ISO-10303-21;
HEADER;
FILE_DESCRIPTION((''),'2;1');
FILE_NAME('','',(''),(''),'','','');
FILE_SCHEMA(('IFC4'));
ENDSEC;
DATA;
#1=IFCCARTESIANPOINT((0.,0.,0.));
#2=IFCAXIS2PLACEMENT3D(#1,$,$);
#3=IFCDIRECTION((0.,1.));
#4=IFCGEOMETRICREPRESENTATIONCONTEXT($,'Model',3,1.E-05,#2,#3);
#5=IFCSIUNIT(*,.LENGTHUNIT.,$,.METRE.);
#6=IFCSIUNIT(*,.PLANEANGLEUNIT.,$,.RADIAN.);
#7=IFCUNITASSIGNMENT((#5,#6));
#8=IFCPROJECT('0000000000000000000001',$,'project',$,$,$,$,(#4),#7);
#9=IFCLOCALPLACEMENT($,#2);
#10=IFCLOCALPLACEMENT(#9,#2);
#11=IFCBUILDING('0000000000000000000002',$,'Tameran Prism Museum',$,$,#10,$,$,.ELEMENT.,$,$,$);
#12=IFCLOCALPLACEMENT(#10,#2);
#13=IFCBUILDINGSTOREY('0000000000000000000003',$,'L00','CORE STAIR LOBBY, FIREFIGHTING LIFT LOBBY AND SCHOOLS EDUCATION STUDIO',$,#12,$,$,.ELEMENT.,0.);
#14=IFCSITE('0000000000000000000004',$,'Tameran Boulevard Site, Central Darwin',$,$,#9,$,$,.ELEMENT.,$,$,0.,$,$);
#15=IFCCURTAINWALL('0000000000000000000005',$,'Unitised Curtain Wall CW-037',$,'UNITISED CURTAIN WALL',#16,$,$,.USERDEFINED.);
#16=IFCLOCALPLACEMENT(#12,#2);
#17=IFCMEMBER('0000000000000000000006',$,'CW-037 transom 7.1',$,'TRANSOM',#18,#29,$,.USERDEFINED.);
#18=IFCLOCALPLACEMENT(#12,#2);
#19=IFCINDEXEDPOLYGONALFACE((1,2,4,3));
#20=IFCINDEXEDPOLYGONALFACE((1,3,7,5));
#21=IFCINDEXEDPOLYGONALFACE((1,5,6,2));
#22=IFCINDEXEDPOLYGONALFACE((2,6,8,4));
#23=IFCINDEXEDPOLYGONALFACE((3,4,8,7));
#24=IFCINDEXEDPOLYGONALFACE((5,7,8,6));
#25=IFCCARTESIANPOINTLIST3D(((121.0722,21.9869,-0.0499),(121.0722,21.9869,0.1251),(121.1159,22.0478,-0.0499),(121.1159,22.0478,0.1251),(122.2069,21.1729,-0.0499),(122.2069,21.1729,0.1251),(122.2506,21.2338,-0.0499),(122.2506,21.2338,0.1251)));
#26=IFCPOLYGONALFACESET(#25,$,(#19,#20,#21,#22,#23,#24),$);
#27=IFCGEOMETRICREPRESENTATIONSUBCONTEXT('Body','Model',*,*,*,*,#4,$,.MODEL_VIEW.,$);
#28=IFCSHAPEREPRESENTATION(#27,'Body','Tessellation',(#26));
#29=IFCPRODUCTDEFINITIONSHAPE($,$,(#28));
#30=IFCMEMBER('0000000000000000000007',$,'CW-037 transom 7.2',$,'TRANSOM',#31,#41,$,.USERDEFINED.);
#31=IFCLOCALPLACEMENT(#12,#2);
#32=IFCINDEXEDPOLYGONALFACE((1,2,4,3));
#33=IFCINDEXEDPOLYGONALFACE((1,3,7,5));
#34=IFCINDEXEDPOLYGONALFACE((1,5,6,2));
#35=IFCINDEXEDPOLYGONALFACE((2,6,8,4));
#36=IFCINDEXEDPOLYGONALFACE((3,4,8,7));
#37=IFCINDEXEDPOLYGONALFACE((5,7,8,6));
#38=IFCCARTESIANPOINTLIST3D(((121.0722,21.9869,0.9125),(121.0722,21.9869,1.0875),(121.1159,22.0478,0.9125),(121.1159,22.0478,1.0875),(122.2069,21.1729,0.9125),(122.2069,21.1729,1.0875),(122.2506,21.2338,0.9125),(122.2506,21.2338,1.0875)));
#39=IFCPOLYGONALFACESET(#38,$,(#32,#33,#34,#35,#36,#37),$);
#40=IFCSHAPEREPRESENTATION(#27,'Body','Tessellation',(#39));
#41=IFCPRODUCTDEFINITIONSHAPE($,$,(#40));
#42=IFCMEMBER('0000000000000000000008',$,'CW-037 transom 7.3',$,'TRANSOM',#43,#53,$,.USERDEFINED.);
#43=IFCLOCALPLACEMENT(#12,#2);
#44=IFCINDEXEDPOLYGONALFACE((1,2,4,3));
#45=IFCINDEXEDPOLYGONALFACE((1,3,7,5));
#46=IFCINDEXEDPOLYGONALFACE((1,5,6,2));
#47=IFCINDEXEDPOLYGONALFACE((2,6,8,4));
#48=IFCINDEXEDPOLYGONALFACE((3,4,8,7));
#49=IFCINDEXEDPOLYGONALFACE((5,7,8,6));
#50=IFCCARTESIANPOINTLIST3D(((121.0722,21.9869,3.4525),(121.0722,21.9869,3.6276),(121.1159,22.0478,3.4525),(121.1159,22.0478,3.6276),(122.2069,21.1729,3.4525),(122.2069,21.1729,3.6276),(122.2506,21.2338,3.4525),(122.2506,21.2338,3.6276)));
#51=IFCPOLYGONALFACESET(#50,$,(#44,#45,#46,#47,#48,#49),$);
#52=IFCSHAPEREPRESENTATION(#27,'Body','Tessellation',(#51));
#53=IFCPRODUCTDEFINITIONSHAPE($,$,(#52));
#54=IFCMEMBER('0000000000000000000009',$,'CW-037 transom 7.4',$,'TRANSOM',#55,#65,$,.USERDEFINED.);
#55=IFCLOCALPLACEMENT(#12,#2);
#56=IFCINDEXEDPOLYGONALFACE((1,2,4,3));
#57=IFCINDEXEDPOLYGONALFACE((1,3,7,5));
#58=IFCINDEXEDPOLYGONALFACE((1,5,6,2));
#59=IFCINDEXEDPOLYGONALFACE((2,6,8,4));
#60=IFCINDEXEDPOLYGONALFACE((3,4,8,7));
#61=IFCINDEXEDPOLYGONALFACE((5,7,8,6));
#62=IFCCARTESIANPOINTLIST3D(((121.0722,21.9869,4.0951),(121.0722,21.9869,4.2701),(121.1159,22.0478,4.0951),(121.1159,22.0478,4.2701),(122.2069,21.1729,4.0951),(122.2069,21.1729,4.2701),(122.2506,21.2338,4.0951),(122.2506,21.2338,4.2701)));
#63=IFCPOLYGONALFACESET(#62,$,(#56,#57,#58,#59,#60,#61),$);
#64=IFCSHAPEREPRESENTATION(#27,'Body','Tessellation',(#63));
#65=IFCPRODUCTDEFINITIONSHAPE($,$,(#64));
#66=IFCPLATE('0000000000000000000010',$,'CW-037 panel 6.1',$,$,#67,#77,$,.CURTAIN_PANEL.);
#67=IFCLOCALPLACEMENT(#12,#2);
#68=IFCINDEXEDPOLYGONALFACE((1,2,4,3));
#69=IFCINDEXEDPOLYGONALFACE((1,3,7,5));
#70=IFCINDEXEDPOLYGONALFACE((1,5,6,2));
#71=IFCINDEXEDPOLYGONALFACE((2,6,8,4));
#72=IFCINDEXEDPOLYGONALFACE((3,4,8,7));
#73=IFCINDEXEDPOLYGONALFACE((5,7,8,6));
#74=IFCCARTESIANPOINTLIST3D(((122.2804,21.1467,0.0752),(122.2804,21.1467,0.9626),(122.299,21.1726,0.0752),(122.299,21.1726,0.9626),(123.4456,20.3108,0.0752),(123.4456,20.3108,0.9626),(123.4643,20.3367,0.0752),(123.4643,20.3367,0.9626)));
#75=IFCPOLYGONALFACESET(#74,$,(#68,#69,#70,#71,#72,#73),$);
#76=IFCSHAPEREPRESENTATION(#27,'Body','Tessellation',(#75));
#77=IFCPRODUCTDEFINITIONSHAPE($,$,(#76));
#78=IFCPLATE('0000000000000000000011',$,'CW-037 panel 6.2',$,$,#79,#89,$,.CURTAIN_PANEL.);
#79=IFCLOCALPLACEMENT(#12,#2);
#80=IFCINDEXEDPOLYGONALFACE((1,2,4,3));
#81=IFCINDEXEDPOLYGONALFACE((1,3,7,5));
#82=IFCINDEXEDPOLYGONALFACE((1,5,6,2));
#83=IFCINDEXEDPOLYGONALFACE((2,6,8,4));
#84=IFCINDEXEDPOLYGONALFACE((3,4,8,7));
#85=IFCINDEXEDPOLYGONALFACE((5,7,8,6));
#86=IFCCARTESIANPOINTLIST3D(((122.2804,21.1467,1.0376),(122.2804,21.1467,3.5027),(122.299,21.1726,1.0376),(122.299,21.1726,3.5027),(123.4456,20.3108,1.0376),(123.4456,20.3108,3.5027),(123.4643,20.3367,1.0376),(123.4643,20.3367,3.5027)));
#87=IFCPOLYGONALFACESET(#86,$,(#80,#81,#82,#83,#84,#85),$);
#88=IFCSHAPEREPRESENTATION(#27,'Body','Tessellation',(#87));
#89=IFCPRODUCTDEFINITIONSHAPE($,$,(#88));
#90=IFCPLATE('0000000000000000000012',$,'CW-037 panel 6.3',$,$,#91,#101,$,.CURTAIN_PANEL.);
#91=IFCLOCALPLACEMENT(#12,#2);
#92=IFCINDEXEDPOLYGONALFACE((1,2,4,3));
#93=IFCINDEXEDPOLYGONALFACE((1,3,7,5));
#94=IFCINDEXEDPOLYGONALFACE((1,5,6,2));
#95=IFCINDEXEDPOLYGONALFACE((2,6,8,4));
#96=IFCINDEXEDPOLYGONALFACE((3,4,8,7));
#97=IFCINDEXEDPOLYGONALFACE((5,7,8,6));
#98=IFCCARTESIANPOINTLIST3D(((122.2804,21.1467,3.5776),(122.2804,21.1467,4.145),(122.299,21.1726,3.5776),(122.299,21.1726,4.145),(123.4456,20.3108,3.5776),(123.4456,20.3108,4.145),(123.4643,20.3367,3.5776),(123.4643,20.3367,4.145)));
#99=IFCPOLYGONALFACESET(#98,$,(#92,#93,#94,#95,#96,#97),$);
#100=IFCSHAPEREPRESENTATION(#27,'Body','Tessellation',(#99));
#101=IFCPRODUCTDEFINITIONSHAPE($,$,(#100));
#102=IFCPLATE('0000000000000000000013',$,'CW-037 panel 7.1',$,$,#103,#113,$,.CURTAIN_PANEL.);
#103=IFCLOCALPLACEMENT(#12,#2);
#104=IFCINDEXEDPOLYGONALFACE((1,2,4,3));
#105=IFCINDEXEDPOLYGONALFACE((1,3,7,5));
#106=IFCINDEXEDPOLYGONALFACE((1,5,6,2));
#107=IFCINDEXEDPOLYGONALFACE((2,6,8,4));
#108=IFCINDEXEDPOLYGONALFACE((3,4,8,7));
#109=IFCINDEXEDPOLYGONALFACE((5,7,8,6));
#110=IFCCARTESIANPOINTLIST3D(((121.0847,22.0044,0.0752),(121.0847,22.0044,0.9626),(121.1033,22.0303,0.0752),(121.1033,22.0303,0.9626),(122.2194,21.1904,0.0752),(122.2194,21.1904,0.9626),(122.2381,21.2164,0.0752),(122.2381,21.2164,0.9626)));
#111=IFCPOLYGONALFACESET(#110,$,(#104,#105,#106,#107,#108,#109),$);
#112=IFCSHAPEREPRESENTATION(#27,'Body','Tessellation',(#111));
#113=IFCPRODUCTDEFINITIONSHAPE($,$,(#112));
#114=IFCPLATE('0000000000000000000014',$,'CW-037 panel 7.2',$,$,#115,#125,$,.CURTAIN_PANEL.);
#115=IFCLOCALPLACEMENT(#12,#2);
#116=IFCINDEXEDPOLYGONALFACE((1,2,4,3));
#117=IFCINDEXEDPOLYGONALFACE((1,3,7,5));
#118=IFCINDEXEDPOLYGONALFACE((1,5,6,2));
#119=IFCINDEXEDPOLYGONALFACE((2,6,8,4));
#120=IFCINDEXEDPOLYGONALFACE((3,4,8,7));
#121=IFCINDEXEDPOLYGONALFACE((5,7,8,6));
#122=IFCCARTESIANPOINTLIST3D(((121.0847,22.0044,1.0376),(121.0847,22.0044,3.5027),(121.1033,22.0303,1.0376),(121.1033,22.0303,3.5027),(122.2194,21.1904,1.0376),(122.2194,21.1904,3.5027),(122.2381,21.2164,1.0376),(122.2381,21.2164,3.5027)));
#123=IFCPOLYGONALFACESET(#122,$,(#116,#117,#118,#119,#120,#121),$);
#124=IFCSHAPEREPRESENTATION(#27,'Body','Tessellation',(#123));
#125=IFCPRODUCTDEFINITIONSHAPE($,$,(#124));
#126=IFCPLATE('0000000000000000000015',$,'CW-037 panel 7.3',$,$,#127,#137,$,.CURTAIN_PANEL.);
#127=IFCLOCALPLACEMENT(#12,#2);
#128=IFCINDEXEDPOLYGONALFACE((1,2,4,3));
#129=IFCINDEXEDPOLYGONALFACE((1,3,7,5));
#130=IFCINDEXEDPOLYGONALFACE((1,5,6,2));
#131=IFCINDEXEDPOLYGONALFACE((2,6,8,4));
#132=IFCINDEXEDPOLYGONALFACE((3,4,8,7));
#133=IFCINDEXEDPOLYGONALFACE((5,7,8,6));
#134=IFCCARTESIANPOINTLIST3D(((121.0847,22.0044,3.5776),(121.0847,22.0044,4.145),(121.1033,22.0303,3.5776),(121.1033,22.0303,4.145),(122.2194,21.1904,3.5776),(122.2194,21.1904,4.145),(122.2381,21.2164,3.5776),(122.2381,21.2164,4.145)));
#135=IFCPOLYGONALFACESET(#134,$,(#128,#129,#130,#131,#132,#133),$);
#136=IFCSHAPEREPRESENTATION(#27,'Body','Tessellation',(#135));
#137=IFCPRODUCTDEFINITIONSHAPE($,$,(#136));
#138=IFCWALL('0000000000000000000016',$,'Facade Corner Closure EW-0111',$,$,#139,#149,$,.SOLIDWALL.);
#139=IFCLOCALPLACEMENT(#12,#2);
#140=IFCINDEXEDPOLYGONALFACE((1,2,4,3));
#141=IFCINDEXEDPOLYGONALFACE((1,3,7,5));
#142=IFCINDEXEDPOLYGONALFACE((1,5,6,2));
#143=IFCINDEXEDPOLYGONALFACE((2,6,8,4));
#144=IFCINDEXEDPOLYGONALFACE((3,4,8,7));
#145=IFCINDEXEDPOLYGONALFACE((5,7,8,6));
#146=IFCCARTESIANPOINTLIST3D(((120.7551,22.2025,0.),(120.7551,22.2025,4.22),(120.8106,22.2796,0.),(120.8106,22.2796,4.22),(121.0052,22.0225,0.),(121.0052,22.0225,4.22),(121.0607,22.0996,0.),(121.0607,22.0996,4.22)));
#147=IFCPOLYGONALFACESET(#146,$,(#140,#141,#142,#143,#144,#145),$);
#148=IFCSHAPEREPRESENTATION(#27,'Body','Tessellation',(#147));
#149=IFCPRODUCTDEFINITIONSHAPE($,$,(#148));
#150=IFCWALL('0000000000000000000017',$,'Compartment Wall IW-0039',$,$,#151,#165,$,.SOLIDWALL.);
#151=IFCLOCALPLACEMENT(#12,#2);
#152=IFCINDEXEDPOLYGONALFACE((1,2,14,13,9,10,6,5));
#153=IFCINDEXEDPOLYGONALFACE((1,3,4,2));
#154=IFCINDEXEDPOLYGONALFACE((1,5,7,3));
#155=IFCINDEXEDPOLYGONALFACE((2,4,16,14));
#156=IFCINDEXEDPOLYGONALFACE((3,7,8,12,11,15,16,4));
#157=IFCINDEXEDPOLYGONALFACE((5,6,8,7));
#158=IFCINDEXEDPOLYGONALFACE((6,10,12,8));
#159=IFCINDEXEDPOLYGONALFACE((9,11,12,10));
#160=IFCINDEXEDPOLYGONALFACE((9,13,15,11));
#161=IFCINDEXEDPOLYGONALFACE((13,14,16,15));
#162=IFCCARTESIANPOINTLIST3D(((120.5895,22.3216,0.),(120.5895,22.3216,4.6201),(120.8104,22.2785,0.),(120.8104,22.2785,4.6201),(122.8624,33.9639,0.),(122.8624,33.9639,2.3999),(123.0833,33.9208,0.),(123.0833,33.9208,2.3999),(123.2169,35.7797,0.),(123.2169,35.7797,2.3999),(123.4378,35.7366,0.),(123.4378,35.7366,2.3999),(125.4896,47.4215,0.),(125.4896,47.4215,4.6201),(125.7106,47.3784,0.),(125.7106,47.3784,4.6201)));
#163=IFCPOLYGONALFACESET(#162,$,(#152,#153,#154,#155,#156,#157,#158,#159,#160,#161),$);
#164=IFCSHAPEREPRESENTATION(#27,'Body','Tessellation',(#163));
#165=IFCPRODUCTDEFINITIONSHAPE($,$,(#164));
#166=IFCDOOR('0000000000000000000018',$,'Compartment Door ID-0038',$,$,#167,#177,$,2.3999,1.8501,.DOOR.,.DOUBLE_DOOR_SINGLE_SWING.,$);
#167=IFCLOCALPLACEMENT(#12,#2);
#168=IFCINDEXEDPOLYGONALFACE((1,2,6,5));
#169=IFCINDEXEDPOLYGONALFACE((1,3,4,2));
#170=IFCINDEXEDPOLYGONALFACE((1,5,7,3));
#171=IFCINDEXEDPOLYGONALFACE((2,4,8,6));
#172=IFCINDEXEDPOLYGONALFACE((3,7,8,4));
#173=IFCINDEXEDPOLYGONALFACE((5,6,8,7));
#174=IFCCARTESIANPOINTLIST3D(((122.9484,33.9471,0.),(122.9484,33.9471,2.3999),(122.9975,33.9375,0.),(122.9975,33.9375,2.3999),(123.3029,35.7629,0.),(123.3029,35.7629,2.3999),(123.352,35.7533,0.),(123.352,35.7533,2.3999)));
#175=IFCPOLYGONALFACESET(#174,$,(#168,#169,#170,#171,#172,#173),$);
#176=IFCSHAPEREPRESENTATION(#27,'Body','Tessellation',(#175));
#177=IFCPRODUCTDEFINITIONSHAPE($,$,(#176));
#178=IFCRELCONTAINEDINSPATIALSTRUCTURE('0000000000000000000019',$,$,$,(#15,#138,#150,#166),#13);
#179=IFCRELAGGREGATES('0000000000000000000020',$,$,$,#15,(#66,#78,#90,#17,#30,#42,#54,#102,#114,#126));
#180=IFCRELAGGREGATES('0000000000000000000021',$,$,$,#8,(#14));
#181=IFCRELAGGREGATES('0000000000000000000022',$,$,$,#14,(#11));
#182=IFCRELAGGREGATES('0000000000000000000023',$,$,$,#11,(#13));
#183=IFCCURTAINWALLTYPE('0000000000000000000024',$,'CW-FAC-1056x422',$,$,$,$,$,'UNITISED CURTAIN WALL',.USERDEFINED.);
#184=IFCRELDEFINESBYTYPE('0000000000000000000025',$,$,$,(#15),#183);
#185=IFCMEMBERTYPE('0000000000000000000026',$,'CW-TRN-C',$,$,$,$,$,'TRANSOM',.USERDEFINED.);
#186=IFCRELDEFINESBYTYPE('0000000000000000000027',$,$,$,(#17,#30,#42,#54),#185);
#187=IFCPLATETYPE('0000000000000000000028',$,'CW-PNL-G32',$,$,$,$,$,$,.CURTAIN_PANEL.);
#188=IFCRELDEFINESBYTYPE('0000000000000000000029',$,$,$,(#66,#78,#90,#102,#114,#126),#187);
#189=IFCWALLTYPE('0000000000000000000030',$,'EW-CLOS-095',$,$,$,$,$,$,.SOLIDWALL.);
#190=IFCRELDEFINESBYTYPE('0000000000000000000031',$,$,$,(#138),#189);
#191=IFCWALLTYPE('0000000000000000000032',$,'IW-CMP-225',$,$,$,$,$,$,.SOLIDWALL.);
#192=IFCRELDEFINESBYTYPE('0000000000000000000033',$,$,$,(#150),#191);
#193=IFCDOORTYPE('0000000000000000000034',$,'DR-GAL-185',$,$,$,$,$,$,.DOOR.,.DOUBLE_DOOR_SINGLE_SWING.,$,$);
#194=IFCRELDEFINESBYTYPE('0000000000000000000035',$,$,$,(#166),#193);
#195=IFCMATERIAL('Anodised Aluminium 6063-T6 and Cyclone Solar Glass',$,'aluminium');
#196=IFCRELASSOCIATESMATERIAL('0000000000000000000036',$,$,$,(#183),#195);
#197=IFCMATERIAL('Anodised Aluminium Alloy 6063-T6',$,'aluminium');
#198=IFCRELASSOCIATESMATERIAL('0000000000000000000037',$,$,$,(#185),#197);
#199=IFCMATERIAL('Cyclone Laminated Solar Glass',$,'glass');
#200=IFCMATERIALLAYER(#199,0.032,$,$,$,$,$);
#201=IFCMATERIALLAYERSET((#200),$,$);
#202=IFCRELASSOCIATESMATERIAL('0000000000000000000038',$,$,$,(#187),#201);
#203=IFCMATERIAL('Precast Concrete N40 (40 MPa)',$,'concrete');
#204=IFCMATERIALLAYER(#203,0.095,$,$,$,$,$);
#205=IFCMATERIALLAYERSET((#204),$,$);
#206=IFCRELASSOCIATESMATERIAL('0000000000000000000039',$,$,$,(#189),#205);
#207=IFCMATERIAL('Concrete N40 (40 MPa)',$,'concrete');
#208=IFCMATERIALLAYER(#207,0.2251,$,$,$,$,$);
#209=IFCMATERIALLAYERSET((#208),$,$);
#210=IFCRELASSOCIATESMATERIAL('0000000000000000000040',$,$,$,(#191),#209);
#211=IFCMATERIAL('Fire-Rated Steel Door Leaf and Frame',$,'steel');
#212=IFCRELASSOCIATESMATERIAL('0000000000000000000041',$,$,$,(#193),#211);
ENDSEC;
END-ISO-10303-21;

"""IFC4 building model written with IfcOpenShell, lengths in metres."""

from ifc_helpers import new_model, si_unit, direction, frame, frame_2d, origin, origin_2d, place, context, subcontext, project, spatial, rectangle, extrude, material, layer, layer_set, material_profile, profile_set, type_object, element, fill, aggregate, save


model = new_model("IFC4")

# Units and contexts
model_context = context("Model", 3, precision=1e-05, world=origin(), true_north=direction((0.0, 1.0)))
body_context = subcontext(model_context, "Body", "Model", "MODEL_VIEW")
ifc_project = project(units=[si_unit("LENGTHUNIT", "METRE"), si_unit("PLANEANGLEUNIT", "RADIAN")], contexts=[model_context])

# Site, building, storey
site_placement = place(None, origin())
site = spatial("IfcSite", under=ifc_project, at=site_placement, Name="Tameran Boulevard Site, Central Darwin", CompositionType="ELEMENT", RefElevation=0.0)
building_placement = place(site_placement, origin())
building = spatial("IfcBuilding", under=site, at=building_placement, Name="Tameran Prism Museum", CompositionType="ELEMENT")
storey_placement = place(building_placement, origin())
storey = spatial("IfcBuildingStorey", under=building, at=storey_placement, Name="L00", Description="CORE STAIR LOBBY, FIREFIGHTING LIFT LOBBY AND SCHOOLS EDUCATION STUDIO", CompositionType="ELEMENT", Elevation=0.0)

# Curtain wall, members, plates
ifc_material_1 = material(Name="Anodised Aluminium 6063-T6 and Cyclone Solar Glass", Category="aluminium")
curtain_wall_type = type_object("IfcCurtainWallType", Name="CW-FAC-1056x422", ElementType="UNITISED CURTAIN WALL", PredefinedType="USERDEFINED", material=ifc_material_1)
curtain_wall_placement = place(storey_placement, origin())
curtain_wall = element("IfcCurtainWall", 1, at=curtain_wall_placement, inside=storey, type_object=curtain_wall_type, Name="Unitised Curtain Wall CW-037", ObjectType="UNITISED CURTAIN WALL", PredefinedType="USERDEFINED")
ifc_material_2 = material(Name="Anodised Aluminium Alloy 6063-T6", Category="aluminium")
ifc_material_profile_1 = material_profile(ifc_material_2, rectangle(XDim=0.075, YDim=0.175, at=origin_2d()))
ifc_profile_set_1 = profile_set([ifc_material_profile_1])
member_type_1 = type_object("IfcMemberType", Name="CW-TRN-C", ElementType="TRANSOM", PredefinedType="USERDEFINED", material=ifc_profile_set_1)
member_1_placement = place(storey_placement, frame((122.2288, 21.2034, 0.0376), z_axis=(-0.812574, 0.582858, 0.0), x_axis=(-0.582858, -0.812574, 0.0)))
member_1 = element("IfcMember", 2, at=member_1_placement, type_object=member_type_1, Name="CW-037 transom 7.1", ObjectType="TRANSOM", PredefinedType="USERDEFINED", context=body_context, shape_type="SweptSolid", body=[
    extrude(rectangle(XDim=0.075, YDim=0.175, at=origin_2d()), origin(), (0.0, 0.0, 1.0), 1.3965),
])
member_2_placement = place(storey_placement, frame((122.2288, 21.2034, 1.0), z_axis=(-0.812574, 0.582858, 0.0), x_axis=(-0.582858, -0.812574, 0.0)))
member_2 = element("IfcMember", 3, at=member_2_placement, type_object=member_type_1, Name="CW-037 transom 7.2", ObjectType="TRANSOM", PredefinedType="USERDEFINED", context=body_context, shape_type="SweptSolid", body=[
    extrude(rectangle(XDim=0.075, YDim=0.175, at=origin_2d()), origin(), (0.0, 0.0, 1.0), 1.3965),
])
member_3_placement = place(storey_placement, frame((122.2288, 21.2034, 3.54), z_axis=(-0.812574, 0.582858, 0.0), x_axis=(-0.582858, -0.812574, 0.0)))
member_3 = element("IfcMember", 4, at=member_3_placement, type_object=member_type_1, Name="CW-037 transom 7.3", ObjectType="TRANSOM", PredefinedType="USERDEFINED", context=body_context, shape_type="SweptSolid", body=[
    extrude(rectangle(XDim=0.075, YDim=0.175, at=origin_2d()), origin(), (0.0, 0.0, 1.0), 1.3965),
])
member_4_placement = place(storey_placement, frame((122.2288, 21.2034, 4.1826), z_axis=(-0.812574, 0.582858, 0.0), x_axis=(-0.582858, -0.812574, 0.0)))
member_4 = element("IfcMember", 5, at=member_4_placement, type_object=member_type_1, Name="CW-037 transom 7.4", ObjectType="TRANSOM", PredefinedType="USERDEFINED", context=body_context, shape_type="SweptSolid", body=[
    extrude(rectangle(XDim=0.075, YDim=0.175, at=origin_2d()), origin(), (0.0, 0.0, 1.0), 1.3965),
])
ifc_material_3 = material(Name="Cyclone Laminated Solar Glass", Category="glass")
ifc_layer_1 = layer(ifc_material_3, 0.032)
ifc_layer_set_1 = layer_set([ifc_layer_1])
plate_type = type_object("IfcPlateType", Name="CW-PNL-G32", PredefinedType="CURTAIN_PANEL", material=ifc_layer_set_1)
plate_1_placement = place(storey_placement, frame((122.8723, 20.7417, 0.0752), z_axis=(0.0, 0.0, 1.0), x_axis=(-0.812555, 0.582885, 0.0)))
plate_1 = element("IfcPlate", 6, at=plate_1_placement, type_object=plate_type, Name="CW-037 panel 6.1", PredefinedType="CURTAIN_PANEL", context=body_context, shape_type="SweptSolid", body=[
    extrude(rectangle(XDim=1.4341, YDim=0.032, at=origin_2d()), origin(), (0.0, 0.0, 1.0), 0.8875),
])
plate_2_placement = place(storey_placement, frame((122.8723, 20.7417, 1.0376), z_axis=(0.0, 0.0, 1.0), x_axis=(-0.812555, 0.582885, 0.0)))
plate_2 = element("IfcPlate", 7, at=plate_2_placement, type_object=plate_type, Name="CW-037 panel 6.2", PredefinedType="CURTAIN_PANEL", context=body_context, shape_type="SweptSolid", body=[
    extrude(rectangle(XDim=1.4341, YDim=0.032, at=origin_2d()), origin(), (0.0, 0.0, 1.0), 2.4651),
])
plate_3_placement = place(storey_placement, frame((122.8723, 20.7417, 3.5776), z_axis=(0.0, 0.0, 1.0), x_axis=(-0.812555, 0.582885, 0.0)))
plate_3 = element("IfcPlate", 8, at=plate_3_placement, type_object=plate_type, Name="CW-037 panel 6.3", PredefinedType="CURTAIN_PANEL", context=body_context, shape_type="SweptSolid", body=[
    extrude(rectangle(XDim=1.4341, YDim=0.032, at=origin_2d()), origin(), (0.0, 0.0, 1.0), 0.5674),
])
plate_4_placement = place(storey_placement, frame((121.6614, 21.6104, 0.0752), z_axis=(0.0, 0.0, 1.0), x_axis=(-0.812555, 0.582885, 0.0)))
plate_4 = element("IfcPlate", 9, at=plate_4_placement, type_object=plate_type, Name="CW-037 panel 7.1", PredefinedType="CURTAIN_PANEL", context=body_context, shape_type="SweptSolid", body=[
    extrude(rectangle(XDim=1.3965, YDim=0.032, at=origin_2d()), origin(), (0.0, 0.0, 1.0), 0.8875),
])
plate_5_placement = place(storey_placement, frame((121.6614, 21.6104, 1.0376), z_axis=(0.0, 0.0, 1.0), x_axis=(-0.812555, 0.582885, 0.0)))
plate_5 = element("IfcPlate", 10, at=plate_5_placement, type_object=plate_type, Name="CW-037 panel 7.2", PredefinedType="CURTAIN_PANEL", context=body_context, shape_type="SweptSolid", body=[
    extrude(rectangle(XDim=1.3965, YDim=0.032, at=origin_2d()), origin(), (0.0, 0.0, 1.0), 2.4651),
])
plate_6_placement = place(storey_placement, frame((121.6614, 21.6104, 3.5776), z_axis=(0.0, 0.0, 1.0), x_axis=(-0.812555, 0.582885, 0.0)))
plate_6 = element("IfcPlate", 11, at=plate_6_placement, type_object=plate_type, Name="CW-037 panel 7.3", PredefinedType="CURTAIN_PANEL", context=body_context, shape_type="SweptSolid", body=[
    extrude(rectangle(XDim=1.3965, YDim=0.032, at=origin_2d()), origin(), (0.0, 0.0, 1.0), 0.5674),
])
aggregate(curtain_wall, [plate_1, plate_2, plate_3, member_1, member_2, member_3, member_4, plate_4, plate_5, plate_6])

# Wall
ifc_material_4 = material(Name="Precast Concrete N40 (40 MPa)", Category="concrete")
ifc_layer_2 = layer(ifc_material_4, 0.095)
ifc_layer_set_2 = layer_set([ifc_layer_2])
wall_type_1 = type_object("IfcWallType", Name="EW-CLOS-095", PredefinedType="SOLIDWALL", material=ifc_layer_set_2)
wall_1_placement = place(storey_placement, frame((121.033, 22.061, 0.0), z_axis=(0.0, 0.0, 1.0), x_axis=(-0.81164, 0.584159, 0.0)))
element("IfcWall", 12, at=wall_1_placement, inside=storey, type_object=wall_type_1, Name="Facade Corner Closure EW-0111", PredefinedType="SOLIDWALL", context=body_context, shape_type="SweptSolid", body=[
    extrude(rectangle(XDim=0.3081, YDim=0.095, at=frame_2d((0.1541, 0.0))), origin(), (0.0, 0.0, 1.0), 4.22),
])

# Wall, opening, door
ifc_material_5 = material(Name="Concrete N40 (40 MPa)", Category="concrete")
ifc_layer_3 = layer(ifc_material_5, 0.2251)
ifc_layer_set_3 = layer_set([ifc_layer_3])
wall_type_2 = type_object("IfcWallType", Name="IW-CMP-225", PredefinedType="SOLIDWALL", material=ifc_layer_set_3)
wall_2_placement = place(storey_placement, frame((120.7, 22.3, 0.0), z_axis=(0.0, 0.0, 1.0), x_axis=(0.191609, 0.981471, 0.0)))
wall_2 = element("IfcWall", 13, at=wall_2_placement, inside=storey, type_object=wall_type_2, Name="Compartment Wall IW-0039", PredefinedType="SOLIDWALL", context=body_context, shape_type="SweptSolid", body=[
    extrude(rectangle(XDim=25.5737, YDim=0.2251, at=frame_2d((12.7869, 0.0))), origin(), (0.0, 0.0, 1.0), 4.6201),
])
opening_placement = place(wall_2_placement, frame((11.8621, 0.0, 0.0)))
opening = element("IfcOpeningElement", 14, at=opening_placement, cuts=wall_2, PredefinedType="OPENING", context=body_context, shape_type="SweptSolid", body=[
    extrude(rectangle(XDim=1.8501, YDim=2.3999, at=frame_2d((0.925, 1.2))), frame((0.0, 0.1226, 0.0), z_axis=(0.0, -1.0, 0.0), x_axis=(1.0, 0.0, 0.0)), (0.0, 0.0, 1.0), 0.2451),
])
ifc_material_6 = material(Name="Fire-Rated Steel Door Leaf and Frame", Category="steel")
door_type = type_object("IfcDoorType", Name="DR-GAL-185", OperationType="DOUBLE_DOOR_SINGLE_SWING", PredefinedType="DOOR", material=ifc_material_6)
door_placement = place(opening_placement, origin())
door = element("IfcDoor", 15, at=door_placement, inside=storey, type_object=door_type, Name="Compartment Door ID-0038", OperationType="DOUBLE_DOOR_SINGLE_SWING", OverallHeight=2.3999, OverallWidth=1.8501, PredefinedType="DOOR", context=body_context, shape_type="SweptSolid", body=[
    extrude(rectangle(XDim=1.8501, YDim=2.3999, at=frame_2d((0.925, 1.2))), frame((0.0, 0.0249, 0.0), z_axis=(0.0, -1.0, 0.0), x_axis=(1.0, 0.0, 0.0)), (0.0, 0.0, 1.0), 0.05),
])
fill(opening, door)

save(model, "model.ifc")
